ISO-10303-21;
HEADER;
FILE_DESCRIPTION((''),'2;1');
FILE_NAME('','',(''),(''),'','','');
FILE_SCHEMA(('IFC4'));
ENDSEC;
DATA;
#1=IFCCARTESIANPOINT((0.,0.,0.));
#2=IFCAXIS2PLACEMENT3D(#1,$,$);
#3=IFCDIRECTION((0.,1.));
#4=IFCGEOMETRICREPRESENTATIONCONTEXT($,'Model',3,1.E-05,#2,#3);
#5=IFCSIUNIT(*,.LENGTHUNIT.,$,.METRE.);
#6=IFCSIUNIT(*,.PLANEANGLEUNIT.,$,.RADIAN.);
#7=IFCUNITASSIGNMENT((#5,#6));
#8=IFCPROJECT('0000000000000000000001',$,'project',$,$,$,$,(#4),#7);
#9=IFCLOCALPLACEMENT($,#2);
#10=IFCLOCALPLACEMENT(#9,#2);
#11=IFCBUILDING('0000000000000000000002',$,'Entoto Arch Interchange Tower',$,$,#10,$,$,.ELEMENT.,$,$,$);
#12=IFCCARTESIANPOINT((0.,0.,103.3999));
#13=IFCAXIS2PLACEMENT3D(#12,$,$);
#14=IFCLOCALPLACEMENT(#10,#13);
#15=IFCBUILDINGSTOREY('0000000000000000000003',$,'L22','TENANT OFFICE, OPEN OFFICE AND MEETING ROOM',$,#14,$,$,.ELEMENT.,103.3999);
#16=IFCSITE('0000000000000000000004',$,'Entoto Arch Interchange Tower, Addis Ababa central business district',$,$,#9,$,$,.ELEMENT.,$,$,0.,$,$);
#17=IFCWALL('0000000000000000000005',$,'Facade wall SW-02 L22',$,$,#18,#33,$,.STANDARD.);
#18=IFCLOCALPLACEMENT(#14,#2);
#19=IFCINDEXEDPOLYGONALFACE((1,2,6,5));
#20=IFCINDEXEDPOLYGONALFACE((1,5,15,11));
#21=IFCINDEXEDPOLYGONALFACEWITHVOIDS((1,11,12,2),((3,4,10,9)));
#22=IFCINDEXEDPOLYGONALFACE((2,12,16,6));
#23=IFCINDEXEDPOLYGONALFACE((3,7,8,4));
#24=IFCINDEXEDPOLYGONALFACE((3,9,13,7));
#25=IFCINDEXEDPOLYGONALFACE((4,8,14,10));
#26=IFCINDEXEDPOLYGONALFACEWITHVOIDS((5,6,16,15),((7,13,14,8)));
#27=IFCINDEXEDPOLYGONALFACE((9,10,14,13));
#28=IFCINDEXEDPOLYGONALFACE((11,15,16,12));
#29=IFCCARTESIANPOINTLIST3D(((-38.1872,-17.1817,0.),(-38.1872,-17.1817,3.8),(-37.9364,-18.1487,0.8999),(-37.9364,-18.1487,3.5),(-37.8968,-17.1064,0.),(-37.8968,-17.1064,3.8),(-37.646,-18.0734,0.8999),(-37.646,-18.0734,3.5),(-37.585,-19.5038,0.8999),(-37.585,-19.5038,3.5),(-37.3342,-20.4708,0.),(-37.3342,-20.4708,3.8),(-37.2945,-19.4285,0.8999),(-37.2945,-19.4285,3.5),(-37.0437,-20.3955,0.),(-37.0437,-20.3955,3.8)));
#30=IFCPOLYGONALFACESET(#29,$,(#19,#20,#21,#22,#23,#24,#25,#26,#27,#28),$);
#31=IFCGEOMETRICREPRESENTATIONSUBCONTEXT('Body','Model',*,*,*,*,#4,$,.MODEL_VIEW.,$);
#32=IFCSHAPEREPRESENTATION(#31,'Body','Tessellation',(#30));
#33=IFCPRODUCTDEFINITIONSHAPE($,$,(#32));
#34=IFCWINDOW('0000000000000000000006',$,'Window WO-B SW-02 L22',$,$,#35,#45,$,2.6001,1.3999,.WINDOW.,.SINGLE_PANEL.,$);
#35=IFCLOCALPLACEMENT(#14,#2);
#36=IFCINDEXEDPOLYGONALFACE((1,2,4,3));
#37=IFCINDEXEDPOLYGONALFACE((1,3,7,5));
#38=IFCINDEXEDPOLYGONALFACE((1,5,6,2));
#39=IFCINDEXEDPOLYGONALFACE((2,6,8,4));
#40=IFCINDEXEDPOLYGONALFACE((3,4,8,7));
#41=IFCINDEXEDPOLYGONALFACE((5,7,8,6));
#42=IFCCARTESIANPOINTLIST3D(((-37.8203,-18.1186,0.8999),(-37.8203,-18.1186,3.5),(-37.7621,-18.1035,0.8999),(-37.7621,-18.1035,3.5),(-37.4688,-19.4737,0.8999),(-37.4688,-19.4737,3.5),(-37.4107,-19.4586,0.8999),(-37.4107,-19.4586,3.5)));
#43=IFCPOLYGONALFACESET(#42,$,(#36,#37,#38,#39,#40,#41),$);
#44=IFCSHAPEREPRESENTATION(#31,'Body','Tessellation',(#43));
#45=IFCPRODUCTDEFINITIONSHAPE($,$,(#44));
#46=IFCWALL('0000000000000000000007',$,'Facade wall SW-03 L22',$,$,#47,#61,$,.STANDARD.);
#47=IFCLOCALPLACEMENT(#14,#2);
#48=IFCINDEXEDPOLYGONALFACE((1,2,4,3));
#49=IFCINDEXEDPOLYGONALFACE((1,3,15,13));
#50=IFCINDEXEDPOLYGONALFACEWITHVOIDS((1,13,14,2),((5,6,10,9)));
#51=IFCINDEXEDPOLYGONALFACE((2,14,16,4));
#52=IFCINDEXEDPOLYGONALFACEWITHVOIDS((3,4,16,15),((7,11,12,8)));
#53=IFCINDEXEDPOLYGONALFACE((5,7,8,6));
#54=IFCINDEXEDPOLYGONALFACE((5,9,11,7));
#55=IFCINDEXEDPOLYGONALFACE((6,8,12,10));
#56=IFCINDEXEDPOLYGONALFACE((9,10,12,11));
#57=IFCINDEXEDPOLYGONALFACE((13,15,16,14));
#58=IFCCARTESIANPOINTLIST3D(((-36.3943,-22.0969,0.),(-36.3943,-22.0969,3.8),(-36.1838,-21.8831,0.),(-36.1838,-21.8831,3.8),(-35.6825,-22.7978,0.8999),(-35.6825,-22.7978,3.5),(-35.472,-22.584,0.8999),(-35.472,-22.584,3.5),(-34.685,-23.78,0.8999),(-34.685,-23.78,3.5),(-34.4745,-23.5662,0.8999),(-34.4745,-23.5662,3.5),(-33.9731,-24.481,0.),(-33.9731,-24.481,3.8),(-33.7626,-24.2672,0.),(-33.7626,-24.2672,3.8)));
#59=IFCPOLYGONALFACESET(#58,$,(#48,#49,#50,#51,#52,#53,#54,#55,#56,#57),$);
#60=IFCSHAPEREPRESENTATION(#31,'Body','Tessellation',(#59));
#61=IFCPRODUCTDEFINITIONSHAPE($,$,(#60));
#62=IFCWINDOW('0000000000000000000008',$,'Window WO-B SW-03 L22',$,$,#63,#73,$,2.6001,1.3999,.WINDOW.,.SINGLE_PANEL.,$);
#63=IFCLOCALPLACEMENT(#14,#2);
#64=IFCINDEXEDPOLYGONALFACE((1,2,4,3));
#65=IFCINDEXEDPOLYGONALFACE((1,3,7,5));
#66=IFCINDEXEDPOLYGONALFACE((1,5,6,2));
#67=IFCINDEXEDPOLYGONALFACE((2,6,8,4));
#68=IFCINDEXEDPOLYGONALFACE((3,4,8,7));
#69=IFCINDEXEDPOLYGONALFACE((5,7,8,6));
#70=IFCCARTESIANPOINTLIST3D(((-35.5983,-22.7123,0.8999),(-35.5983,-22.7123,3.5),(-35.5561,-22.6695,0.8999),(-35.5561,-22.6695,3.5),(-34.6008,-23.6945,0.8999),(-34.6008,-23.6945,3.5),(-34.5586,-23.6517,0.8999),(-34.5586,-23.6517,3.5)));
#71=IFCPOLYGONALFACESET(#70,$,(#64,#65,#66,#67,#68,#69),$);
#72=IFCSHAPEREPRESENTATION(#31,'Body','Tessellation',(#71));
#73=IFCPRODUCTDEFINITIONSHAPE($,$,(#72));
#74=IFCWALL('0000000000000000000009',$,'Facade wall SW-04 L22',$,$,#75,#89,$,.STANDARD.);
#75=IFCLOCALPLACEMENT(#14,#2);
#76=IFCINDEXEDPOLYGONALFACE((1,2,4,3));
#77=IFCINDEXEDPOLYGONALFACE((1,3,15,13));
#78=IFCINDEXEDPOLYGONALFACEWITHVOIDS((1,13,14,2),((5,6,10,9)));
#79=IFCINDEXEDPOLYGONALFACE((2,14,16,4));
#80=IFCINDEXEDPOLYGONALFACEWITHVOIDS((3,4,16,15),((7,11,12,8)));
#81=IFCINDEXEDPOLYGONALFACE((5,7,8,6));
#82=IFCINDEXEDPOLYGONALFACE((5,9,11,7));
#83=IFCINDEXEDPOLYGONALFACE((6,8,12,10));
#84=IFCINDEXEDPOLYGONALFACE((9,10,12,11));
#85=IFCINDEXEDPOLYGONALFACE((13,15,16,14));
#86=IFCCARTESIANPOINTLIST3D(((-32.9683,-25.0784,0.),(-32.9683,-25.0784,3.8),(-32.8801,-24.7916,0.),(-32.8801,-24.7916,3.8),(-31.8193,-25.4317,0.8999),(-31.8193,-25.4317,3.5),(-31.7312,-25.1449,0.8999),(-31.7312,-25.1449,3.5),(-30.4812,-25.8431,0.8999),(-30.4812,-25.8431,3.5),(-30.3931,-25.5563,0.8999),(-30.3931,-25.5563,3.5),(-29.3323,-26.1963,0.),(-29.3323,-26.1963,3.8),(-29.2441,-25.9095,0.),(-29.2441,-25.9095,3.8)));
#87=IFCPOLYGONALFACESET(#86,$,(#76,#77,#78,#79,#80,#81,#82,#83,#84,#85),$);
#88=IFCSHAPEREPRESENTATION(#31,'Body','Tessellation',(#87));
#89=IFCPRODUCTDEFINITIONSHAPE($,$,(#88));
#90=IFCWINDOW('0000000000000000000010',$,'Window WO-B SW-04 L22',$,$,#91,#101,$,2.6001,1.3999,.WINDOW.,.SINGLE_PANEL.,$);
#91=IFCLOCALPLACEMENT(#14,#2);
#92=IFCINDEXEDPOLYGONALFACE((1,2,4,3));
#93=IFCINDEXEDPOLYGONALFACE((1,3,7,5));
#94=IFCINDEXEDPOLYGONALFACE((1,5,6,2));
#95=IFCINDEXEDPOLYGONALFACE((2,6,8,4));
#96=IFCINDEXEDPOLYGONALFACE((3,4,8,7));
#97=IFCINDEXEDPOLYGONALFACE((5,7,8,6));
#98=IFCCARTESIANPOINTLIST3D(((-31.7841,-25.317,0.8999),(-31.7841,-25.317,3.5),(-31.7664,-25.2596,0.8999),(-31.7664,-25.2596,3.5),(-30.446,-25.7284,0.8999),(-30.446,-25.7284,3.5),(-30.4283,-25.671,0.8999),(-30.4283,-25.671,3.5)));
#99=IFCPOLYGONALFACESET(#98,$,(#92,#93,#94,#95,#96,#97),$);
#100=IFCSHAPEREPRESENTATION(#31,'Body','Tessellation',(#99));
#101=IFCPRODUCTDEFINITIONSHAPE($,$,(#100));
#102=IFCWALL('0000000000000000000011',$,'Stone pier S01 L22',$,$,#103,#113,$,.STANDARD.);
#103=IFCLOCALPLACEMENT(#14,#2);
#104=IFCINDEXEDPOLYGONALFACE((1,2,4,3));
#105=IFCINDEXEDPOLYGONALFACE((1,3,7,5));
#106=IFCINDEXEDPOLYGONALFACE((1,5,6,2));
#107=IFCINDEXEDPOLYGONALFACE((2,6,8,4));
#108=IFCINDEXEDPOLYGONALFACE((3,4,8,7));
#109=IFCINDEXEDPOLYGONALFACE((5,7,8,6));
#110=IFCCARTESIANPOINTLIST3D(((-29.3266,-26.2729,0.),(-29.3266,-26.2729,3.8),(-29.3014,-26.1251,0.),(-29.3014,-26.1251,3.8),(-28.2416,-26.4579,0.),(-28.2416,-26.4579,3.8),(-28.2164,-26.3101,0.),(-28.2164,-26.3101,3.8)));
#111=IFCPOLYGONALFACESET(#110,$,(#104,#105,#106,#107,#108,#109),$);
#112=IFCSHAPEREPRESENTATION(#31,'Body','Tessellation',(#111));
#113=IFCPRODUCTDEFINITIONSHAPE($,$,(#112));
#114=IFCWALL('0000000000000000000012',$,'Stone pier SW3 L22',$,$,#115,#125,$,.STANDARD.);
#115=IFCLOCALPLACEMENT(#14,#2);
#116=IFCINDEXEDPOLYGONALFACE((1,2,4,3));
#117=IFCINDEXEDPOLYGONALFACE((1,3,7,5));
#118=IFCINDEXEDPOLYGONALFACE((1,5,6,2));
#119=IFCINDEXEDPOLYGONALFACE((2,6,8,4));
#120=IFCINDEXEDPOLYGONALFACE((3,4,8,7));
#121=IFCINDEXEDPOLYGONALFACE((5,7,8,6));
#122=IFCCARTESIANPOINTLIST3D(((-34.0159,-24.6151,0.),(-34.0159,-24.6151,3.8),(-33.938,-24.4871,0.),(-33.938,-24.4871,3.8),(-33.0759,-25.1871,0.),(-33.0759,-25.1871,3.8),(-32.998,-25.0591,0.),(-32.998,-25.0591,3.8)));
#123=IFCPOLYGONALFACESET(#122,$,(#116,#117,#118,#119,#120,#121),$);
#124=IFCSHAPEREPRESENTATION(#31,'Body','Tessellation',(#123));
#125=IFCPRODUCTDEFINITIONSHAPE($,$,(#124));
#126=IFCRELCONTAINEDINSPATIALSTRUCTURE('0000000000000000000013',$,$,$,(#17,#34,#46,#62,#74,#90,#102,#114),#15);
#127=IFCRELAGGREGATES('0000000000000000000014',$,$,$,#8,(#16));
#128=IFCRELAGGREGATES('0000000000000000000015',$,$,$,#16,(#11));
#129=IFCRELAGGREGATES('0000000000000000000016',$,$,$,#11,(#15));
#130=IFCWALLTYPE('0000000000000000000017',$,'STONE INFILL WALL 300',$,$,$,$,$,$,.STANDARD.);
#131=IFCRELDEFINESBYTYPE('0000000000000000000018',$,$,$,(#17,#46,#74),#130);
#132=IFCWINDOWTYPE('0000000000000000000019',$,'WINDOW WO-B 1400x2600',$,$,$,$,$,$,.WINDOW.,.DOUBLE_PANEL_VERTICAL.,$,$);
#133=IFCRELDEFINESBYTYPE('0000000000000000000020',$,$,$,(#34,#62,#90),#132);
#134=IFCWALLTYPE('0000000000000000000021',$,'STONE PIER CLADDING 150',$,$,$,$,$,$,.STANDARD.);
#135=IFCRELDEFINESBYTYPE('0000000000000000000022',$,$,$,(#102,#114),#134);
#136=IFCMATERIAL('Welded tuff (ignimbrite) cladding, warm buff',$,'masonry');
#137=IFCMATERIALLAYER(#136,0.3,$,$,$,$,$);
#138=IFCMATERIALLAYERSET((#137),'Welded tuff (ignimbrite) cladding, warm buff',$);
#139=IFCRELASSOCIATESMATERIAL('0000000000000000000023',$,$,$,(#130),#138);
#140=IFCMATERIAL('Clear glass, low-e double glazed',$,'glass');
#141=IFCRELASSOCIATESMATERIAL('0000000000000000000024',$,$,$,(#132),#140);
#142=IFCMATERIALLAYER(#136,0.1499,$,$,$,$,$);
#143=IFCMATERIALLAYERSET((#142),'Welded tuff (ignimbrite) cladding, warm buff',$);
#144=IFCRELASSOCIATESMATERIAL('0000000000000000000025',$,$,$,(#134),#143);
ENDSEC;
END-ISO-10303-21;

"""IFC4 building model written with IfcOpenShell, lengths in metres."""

from ifc_helpers import new_model, si_unit, direction, frame, frame_2d, origin, place, context, subcontext, project, spatial, rectangle, extrude, material, layer, layer_set, type_object, element, fill, save


model = new_model("IFC4")

# Units and contexts
model_context = context("Model", 3, precision=1e-05, world=origin(), true_north=direction((0.0, 1.0)))
body_context = subcontext(model_context, "Body", "Model", "MODEL_VIEW")
ifc_project = project(units=[si_unit("LENGTHUNIT", "METRE"), si_unit("PLANEANGLEUNIT", "RADIAN")], contexts=[model_context])

# Site, building, storey
site_placement = place(None, origin())
site = spatial("IfcSite", under=ifc_project, at=site_placement, Name="Entoto Arch Interchange Tower, Addis Ababa central business district", CompositionType="ELEMENT", RefElevation=0.0)
building_placement = place(site_placement, origin())
building = spatial("IfcBuilding", under=site, at=building_placement, Name="Entoto Arch Interchange Tower", CompositionType="ELEMENT")
storey_placement = place(building_placement, frame((0.0, 0.0, 103.3999)))
storey = spatial("IfcBuildingStorey", under=building, at=storey_placement, Name="L22", Description="TENANT OFFICE, OPEN OFFICE AND MEETING ROOM", CompositionType="ELEMENT", Elevation=103.3999)

# Shared definitions
ifc_material_1 = material(Name="Welded tuff (ignimbrite) cladding, warm buff", Category="masonry")
ifc_layer_1 = layer(ifc_material_1, 0.3)
ifc_layer_set_1 = layer_set([ifc_layer_1], Name="Welded tuff (ignimbrite) cladding, warm buff")
wall_type_1 = type_object("IfcWallType", Name="STONE INFILL WALL 300", PredefinedType="STANDARD", material=ifc_layer_set_1)
ifc_material_2 = material(Name="Clear glass, low-e double glazed", Category="glass")

# Walls, openings, windows
wall_1_placement = place(storey_placement, frame((-38.042, -17.144, 0.0), z_axis=(0.0, 0.0, 1.0), x_axis=(0.251047, -0.967975, 0.0)))
wall_1 = element("IfcWall", 1, at=wall_1_placement, inside=storey, type_object=wall_type_1, Name="Facade wall SW-02 L22", PredefinedType="STANDARD", context=body_context, shape_type="SweptSolid", body=[
    extrude(rectangle(XDim=3.3979, YDim=0.3, at=frame_2d((1.699, 0.0))), origin(), (0.0, 0.0, 1.0), 3.8),
])
opening_1_placement = place(wall_1_placement, frame((0.999, 0.0, 0.8999)))
opening_1 = element("IfcOpeningElement", 2, at=opening_1_placement, cuts=wall_1, PredefinedType="OPENING", context=body_context, shape_type="SweptSolid", body=[
    extrude(rectangle(XDim=1.3999, YDim=2.6001, at=frame_2d((0.7, 1.3))), frame((0.0, 0.1602, 0.0), z_axis=(0.0, -1.0, 0.0), x_axis=(1.0, 0.0, 0.0)), (0.0, 0.0, 1.0), 0.3201),
])
window_type_1 = type_object("IfcWindowType", Name="WINDOW WO-B 1400x2600", PartitioningType="DOUBLE_PANEL_VERTICAL", PredefinedType="WINDOW", material=ifc_material_2)
window_1_placement = place(opening_1_placement, origin())
window_1 = element("IfcWindow", 3, at=window_1_placement, inside=storey, type_object=window_type_1, Name="Window WO-B SW-02 L22", OverallHeight=2.6001, OverallWidth=1.3999, PartitioningType="SINGLE_PANEL", PredefinedType="WINDOW", context=body_context, shape_type="SweptSolid", body=[
    extrude(rectangle(XDim=1.3999, YDim=2.6001, at=frame_2d((0.7, 1.3))), frame((0.0, 0.03, 0.0), z_axis=(0.0, -1.0, 0.0), x_axis=(1.0, 0.0, 0.0)), (0.0, 0.0, 1.0), 0.0601),
])
fill(opening_1, window_1)
wall_2_placement = place(storey_placement, frame((-36.2891, -21.99, 0.0), z_axis=(0.0, 0.0, 1.0), x_axis=(0.712546, -0.701625, 0.0)))
wall_2 = element("IfcWall", 4, at=wall_2_placement, inside=storey, type_object=wall_type_1, Name="Facade wall SW-03 L22", PredefinedType="STANDARD", context=body_context, shape_type="SweptSolid", body=[
    extrude(rectangle(XDim=3.3979, YDim=0.3, at=frame_2d((1.699, 0.0))), origin(), (0.0, 0.0, 1.0), 3.8),
])
opening_2_placement = place(wall_2_placement, frame((0.999, 0.0, 0.8999)))
opening_2 = element("IfcOpeningElement", 5, at=opening_2_placement, cuts=wall_2, PredefinedType="OPENING", context=body_context, shape_type="SweptSolid", body=[
    extrude(rectangle(XDim=1.3999, YDim=2.6001, at=frame_2d((0.7, 1.3))), frame((0.0, 0.1602, 0.0), z_axis=(0.0, -1.0, 0.0), x_axis=(1.0, 0.0, 0.0)), (0.0, 0.0, 1.0), 0.3201),
])
window_2_placement = place(opening_2_placement, origin())
window_2 = element("IfcWindow", 6, at=window_2_placement, inside=storey, type_object=window_type_1, Name="Window WO-B SW-03 L22", OverallHeight=2.6001, OverallWidth=1.3999, PartitioningType="SINGLE_PANEL", PredefinedType="WINDOW", context=body_context, shape_type="SweptSolid", body=[
    extrude(rectangle(XDim=1.3999, YDim=2.6001, at=frame_2d((0.7, 1.3))), frame((0.0, 0.03, 0.0), z_axis=(0.0, -1.0, 0.0), x_axis=(1.0, 0.0, 0.0)), (0.0, 0.0, 1.0), 0.0601),
])
fill(opening_2, window_2)
wall_3_placement = place(storey_placement, frame((-32.9241, -24.9351, 0.0), z_axis=(0.0, 0.0, 1.0), x_axis=(0.955841, -0.293883, 0.0)))
wall_3 = element("IfcWall", 7, at=wall_3_placement, inside=storey, type_object=wall_type_1, Name="Facade wall SW-04 L22", PredefinedType="STANDARD", context=body_context, shape_type="SweptSolid", body=[
    extrude(rectangle(XDim=3.804, YDim=0.3, at=frame_2d((1.9019, 0.0))), origin(), (0.0, 0.0, 1.0), 3.8),
])
opening_3_placement = place(wall_3_placement, frame((1.2019, 0.0, 0.8999)))
opening_3 = element("IfcOpeningElement", 8, at=opening_3_placement, cuts=wall_3, PredefinedType="OPENING", context=body_context, shape_type="SweptSolid", body=[
    extrude(rectangle(XDim=1.3999, YDim=2.6001, at=frame_2d((0.7, 1.3))), frame((0.0, 0.1602, 0.0), z_axis=(0.0, -1.0, 0.0), x_axis=(1.0, 0.0, 0.0)), (0.0, 0.0, 1.0), 0.3201),
])
window_3_placement = place(opening_3_placement, origin())
window_3 = element("IfcWindow", 9, at=window_3_placement, inside=storey, type_object=window_type_1, Name="Window WO-B SW-04 L22", OverallHeight=2.6001, OverallWidth=1.3999, PartitioningType="SINGLE_PANEL", PredefinedType="WINDOW", context=body_context, shape_type="SweptSolid", body=[
    extrude(rectangle(XDim=1.3999, YDim=2.6001, at=frame_2d((0.7, 1.3))), frame((0.0, 0.03, 0.0), z_axis=(0.0, -1.0, 0.0), x_axis=(1.0, 0.0, 0.0)), (0.0, 0.0, 1.0), 0.0601),
])
fill(opening_3, window_3)

# Walls
ifc_layer_2 = layer(ifc_material_1, 0.1499)
ifc_layer_set_2 = layer_set([ifc_layer_2], Name="Welded tuff (ignimbrite) cladding, warm buff")
wall_type_2 = type_object("IfcWallType", Name="STONE PIER CLADDING 150", PredefinedType="STANDARD", material=ifc_layer_set_2)
wall_4_placement = place(storey_placement, frame((-29.314, -26.199, 0.0), z_axis=(0.0, 0.0, 1.0), x_axis=(0.985763, -0.168139, 0.0)))
element("IfcWall", 10, at=wall_4_placement, inside=storey, type_object=wall_type_2, Name="Stone pier S01 L22", PredefinedType="STANDARD", context=body_context, shape_type="SweptSolid", body=[
    extrude(rectangle(XDim=1.1006, YDim=0.1499, at=frame_2d((0.5503, 0.0))), origin(), (0.0, 0.0, 1.0), 3.8),
])
wall_5_placement = place(storey_placement, frame((-33.9771, -24.551, 0.0), z_axis=(0.0, 0.0, 1.0), x_axis=(0.854246, -0.51987, 0.0)))
element("IfcWall", 11, at=wall_5_placement, inside=storey, type_object=wall_type_2, Name="Stone pier SW3 L22", PredefinedType="STANDARD", context=body_context, shape_type="SweptSolid", body=[
    extrude(rectangle(XDim=1.1003, YDim=0.1499, at=frame_2d((0.5503, 0.0))), origin(), (0.0, 0.0, 1.0), 3.8),
])

save(model, "model.ifc")
